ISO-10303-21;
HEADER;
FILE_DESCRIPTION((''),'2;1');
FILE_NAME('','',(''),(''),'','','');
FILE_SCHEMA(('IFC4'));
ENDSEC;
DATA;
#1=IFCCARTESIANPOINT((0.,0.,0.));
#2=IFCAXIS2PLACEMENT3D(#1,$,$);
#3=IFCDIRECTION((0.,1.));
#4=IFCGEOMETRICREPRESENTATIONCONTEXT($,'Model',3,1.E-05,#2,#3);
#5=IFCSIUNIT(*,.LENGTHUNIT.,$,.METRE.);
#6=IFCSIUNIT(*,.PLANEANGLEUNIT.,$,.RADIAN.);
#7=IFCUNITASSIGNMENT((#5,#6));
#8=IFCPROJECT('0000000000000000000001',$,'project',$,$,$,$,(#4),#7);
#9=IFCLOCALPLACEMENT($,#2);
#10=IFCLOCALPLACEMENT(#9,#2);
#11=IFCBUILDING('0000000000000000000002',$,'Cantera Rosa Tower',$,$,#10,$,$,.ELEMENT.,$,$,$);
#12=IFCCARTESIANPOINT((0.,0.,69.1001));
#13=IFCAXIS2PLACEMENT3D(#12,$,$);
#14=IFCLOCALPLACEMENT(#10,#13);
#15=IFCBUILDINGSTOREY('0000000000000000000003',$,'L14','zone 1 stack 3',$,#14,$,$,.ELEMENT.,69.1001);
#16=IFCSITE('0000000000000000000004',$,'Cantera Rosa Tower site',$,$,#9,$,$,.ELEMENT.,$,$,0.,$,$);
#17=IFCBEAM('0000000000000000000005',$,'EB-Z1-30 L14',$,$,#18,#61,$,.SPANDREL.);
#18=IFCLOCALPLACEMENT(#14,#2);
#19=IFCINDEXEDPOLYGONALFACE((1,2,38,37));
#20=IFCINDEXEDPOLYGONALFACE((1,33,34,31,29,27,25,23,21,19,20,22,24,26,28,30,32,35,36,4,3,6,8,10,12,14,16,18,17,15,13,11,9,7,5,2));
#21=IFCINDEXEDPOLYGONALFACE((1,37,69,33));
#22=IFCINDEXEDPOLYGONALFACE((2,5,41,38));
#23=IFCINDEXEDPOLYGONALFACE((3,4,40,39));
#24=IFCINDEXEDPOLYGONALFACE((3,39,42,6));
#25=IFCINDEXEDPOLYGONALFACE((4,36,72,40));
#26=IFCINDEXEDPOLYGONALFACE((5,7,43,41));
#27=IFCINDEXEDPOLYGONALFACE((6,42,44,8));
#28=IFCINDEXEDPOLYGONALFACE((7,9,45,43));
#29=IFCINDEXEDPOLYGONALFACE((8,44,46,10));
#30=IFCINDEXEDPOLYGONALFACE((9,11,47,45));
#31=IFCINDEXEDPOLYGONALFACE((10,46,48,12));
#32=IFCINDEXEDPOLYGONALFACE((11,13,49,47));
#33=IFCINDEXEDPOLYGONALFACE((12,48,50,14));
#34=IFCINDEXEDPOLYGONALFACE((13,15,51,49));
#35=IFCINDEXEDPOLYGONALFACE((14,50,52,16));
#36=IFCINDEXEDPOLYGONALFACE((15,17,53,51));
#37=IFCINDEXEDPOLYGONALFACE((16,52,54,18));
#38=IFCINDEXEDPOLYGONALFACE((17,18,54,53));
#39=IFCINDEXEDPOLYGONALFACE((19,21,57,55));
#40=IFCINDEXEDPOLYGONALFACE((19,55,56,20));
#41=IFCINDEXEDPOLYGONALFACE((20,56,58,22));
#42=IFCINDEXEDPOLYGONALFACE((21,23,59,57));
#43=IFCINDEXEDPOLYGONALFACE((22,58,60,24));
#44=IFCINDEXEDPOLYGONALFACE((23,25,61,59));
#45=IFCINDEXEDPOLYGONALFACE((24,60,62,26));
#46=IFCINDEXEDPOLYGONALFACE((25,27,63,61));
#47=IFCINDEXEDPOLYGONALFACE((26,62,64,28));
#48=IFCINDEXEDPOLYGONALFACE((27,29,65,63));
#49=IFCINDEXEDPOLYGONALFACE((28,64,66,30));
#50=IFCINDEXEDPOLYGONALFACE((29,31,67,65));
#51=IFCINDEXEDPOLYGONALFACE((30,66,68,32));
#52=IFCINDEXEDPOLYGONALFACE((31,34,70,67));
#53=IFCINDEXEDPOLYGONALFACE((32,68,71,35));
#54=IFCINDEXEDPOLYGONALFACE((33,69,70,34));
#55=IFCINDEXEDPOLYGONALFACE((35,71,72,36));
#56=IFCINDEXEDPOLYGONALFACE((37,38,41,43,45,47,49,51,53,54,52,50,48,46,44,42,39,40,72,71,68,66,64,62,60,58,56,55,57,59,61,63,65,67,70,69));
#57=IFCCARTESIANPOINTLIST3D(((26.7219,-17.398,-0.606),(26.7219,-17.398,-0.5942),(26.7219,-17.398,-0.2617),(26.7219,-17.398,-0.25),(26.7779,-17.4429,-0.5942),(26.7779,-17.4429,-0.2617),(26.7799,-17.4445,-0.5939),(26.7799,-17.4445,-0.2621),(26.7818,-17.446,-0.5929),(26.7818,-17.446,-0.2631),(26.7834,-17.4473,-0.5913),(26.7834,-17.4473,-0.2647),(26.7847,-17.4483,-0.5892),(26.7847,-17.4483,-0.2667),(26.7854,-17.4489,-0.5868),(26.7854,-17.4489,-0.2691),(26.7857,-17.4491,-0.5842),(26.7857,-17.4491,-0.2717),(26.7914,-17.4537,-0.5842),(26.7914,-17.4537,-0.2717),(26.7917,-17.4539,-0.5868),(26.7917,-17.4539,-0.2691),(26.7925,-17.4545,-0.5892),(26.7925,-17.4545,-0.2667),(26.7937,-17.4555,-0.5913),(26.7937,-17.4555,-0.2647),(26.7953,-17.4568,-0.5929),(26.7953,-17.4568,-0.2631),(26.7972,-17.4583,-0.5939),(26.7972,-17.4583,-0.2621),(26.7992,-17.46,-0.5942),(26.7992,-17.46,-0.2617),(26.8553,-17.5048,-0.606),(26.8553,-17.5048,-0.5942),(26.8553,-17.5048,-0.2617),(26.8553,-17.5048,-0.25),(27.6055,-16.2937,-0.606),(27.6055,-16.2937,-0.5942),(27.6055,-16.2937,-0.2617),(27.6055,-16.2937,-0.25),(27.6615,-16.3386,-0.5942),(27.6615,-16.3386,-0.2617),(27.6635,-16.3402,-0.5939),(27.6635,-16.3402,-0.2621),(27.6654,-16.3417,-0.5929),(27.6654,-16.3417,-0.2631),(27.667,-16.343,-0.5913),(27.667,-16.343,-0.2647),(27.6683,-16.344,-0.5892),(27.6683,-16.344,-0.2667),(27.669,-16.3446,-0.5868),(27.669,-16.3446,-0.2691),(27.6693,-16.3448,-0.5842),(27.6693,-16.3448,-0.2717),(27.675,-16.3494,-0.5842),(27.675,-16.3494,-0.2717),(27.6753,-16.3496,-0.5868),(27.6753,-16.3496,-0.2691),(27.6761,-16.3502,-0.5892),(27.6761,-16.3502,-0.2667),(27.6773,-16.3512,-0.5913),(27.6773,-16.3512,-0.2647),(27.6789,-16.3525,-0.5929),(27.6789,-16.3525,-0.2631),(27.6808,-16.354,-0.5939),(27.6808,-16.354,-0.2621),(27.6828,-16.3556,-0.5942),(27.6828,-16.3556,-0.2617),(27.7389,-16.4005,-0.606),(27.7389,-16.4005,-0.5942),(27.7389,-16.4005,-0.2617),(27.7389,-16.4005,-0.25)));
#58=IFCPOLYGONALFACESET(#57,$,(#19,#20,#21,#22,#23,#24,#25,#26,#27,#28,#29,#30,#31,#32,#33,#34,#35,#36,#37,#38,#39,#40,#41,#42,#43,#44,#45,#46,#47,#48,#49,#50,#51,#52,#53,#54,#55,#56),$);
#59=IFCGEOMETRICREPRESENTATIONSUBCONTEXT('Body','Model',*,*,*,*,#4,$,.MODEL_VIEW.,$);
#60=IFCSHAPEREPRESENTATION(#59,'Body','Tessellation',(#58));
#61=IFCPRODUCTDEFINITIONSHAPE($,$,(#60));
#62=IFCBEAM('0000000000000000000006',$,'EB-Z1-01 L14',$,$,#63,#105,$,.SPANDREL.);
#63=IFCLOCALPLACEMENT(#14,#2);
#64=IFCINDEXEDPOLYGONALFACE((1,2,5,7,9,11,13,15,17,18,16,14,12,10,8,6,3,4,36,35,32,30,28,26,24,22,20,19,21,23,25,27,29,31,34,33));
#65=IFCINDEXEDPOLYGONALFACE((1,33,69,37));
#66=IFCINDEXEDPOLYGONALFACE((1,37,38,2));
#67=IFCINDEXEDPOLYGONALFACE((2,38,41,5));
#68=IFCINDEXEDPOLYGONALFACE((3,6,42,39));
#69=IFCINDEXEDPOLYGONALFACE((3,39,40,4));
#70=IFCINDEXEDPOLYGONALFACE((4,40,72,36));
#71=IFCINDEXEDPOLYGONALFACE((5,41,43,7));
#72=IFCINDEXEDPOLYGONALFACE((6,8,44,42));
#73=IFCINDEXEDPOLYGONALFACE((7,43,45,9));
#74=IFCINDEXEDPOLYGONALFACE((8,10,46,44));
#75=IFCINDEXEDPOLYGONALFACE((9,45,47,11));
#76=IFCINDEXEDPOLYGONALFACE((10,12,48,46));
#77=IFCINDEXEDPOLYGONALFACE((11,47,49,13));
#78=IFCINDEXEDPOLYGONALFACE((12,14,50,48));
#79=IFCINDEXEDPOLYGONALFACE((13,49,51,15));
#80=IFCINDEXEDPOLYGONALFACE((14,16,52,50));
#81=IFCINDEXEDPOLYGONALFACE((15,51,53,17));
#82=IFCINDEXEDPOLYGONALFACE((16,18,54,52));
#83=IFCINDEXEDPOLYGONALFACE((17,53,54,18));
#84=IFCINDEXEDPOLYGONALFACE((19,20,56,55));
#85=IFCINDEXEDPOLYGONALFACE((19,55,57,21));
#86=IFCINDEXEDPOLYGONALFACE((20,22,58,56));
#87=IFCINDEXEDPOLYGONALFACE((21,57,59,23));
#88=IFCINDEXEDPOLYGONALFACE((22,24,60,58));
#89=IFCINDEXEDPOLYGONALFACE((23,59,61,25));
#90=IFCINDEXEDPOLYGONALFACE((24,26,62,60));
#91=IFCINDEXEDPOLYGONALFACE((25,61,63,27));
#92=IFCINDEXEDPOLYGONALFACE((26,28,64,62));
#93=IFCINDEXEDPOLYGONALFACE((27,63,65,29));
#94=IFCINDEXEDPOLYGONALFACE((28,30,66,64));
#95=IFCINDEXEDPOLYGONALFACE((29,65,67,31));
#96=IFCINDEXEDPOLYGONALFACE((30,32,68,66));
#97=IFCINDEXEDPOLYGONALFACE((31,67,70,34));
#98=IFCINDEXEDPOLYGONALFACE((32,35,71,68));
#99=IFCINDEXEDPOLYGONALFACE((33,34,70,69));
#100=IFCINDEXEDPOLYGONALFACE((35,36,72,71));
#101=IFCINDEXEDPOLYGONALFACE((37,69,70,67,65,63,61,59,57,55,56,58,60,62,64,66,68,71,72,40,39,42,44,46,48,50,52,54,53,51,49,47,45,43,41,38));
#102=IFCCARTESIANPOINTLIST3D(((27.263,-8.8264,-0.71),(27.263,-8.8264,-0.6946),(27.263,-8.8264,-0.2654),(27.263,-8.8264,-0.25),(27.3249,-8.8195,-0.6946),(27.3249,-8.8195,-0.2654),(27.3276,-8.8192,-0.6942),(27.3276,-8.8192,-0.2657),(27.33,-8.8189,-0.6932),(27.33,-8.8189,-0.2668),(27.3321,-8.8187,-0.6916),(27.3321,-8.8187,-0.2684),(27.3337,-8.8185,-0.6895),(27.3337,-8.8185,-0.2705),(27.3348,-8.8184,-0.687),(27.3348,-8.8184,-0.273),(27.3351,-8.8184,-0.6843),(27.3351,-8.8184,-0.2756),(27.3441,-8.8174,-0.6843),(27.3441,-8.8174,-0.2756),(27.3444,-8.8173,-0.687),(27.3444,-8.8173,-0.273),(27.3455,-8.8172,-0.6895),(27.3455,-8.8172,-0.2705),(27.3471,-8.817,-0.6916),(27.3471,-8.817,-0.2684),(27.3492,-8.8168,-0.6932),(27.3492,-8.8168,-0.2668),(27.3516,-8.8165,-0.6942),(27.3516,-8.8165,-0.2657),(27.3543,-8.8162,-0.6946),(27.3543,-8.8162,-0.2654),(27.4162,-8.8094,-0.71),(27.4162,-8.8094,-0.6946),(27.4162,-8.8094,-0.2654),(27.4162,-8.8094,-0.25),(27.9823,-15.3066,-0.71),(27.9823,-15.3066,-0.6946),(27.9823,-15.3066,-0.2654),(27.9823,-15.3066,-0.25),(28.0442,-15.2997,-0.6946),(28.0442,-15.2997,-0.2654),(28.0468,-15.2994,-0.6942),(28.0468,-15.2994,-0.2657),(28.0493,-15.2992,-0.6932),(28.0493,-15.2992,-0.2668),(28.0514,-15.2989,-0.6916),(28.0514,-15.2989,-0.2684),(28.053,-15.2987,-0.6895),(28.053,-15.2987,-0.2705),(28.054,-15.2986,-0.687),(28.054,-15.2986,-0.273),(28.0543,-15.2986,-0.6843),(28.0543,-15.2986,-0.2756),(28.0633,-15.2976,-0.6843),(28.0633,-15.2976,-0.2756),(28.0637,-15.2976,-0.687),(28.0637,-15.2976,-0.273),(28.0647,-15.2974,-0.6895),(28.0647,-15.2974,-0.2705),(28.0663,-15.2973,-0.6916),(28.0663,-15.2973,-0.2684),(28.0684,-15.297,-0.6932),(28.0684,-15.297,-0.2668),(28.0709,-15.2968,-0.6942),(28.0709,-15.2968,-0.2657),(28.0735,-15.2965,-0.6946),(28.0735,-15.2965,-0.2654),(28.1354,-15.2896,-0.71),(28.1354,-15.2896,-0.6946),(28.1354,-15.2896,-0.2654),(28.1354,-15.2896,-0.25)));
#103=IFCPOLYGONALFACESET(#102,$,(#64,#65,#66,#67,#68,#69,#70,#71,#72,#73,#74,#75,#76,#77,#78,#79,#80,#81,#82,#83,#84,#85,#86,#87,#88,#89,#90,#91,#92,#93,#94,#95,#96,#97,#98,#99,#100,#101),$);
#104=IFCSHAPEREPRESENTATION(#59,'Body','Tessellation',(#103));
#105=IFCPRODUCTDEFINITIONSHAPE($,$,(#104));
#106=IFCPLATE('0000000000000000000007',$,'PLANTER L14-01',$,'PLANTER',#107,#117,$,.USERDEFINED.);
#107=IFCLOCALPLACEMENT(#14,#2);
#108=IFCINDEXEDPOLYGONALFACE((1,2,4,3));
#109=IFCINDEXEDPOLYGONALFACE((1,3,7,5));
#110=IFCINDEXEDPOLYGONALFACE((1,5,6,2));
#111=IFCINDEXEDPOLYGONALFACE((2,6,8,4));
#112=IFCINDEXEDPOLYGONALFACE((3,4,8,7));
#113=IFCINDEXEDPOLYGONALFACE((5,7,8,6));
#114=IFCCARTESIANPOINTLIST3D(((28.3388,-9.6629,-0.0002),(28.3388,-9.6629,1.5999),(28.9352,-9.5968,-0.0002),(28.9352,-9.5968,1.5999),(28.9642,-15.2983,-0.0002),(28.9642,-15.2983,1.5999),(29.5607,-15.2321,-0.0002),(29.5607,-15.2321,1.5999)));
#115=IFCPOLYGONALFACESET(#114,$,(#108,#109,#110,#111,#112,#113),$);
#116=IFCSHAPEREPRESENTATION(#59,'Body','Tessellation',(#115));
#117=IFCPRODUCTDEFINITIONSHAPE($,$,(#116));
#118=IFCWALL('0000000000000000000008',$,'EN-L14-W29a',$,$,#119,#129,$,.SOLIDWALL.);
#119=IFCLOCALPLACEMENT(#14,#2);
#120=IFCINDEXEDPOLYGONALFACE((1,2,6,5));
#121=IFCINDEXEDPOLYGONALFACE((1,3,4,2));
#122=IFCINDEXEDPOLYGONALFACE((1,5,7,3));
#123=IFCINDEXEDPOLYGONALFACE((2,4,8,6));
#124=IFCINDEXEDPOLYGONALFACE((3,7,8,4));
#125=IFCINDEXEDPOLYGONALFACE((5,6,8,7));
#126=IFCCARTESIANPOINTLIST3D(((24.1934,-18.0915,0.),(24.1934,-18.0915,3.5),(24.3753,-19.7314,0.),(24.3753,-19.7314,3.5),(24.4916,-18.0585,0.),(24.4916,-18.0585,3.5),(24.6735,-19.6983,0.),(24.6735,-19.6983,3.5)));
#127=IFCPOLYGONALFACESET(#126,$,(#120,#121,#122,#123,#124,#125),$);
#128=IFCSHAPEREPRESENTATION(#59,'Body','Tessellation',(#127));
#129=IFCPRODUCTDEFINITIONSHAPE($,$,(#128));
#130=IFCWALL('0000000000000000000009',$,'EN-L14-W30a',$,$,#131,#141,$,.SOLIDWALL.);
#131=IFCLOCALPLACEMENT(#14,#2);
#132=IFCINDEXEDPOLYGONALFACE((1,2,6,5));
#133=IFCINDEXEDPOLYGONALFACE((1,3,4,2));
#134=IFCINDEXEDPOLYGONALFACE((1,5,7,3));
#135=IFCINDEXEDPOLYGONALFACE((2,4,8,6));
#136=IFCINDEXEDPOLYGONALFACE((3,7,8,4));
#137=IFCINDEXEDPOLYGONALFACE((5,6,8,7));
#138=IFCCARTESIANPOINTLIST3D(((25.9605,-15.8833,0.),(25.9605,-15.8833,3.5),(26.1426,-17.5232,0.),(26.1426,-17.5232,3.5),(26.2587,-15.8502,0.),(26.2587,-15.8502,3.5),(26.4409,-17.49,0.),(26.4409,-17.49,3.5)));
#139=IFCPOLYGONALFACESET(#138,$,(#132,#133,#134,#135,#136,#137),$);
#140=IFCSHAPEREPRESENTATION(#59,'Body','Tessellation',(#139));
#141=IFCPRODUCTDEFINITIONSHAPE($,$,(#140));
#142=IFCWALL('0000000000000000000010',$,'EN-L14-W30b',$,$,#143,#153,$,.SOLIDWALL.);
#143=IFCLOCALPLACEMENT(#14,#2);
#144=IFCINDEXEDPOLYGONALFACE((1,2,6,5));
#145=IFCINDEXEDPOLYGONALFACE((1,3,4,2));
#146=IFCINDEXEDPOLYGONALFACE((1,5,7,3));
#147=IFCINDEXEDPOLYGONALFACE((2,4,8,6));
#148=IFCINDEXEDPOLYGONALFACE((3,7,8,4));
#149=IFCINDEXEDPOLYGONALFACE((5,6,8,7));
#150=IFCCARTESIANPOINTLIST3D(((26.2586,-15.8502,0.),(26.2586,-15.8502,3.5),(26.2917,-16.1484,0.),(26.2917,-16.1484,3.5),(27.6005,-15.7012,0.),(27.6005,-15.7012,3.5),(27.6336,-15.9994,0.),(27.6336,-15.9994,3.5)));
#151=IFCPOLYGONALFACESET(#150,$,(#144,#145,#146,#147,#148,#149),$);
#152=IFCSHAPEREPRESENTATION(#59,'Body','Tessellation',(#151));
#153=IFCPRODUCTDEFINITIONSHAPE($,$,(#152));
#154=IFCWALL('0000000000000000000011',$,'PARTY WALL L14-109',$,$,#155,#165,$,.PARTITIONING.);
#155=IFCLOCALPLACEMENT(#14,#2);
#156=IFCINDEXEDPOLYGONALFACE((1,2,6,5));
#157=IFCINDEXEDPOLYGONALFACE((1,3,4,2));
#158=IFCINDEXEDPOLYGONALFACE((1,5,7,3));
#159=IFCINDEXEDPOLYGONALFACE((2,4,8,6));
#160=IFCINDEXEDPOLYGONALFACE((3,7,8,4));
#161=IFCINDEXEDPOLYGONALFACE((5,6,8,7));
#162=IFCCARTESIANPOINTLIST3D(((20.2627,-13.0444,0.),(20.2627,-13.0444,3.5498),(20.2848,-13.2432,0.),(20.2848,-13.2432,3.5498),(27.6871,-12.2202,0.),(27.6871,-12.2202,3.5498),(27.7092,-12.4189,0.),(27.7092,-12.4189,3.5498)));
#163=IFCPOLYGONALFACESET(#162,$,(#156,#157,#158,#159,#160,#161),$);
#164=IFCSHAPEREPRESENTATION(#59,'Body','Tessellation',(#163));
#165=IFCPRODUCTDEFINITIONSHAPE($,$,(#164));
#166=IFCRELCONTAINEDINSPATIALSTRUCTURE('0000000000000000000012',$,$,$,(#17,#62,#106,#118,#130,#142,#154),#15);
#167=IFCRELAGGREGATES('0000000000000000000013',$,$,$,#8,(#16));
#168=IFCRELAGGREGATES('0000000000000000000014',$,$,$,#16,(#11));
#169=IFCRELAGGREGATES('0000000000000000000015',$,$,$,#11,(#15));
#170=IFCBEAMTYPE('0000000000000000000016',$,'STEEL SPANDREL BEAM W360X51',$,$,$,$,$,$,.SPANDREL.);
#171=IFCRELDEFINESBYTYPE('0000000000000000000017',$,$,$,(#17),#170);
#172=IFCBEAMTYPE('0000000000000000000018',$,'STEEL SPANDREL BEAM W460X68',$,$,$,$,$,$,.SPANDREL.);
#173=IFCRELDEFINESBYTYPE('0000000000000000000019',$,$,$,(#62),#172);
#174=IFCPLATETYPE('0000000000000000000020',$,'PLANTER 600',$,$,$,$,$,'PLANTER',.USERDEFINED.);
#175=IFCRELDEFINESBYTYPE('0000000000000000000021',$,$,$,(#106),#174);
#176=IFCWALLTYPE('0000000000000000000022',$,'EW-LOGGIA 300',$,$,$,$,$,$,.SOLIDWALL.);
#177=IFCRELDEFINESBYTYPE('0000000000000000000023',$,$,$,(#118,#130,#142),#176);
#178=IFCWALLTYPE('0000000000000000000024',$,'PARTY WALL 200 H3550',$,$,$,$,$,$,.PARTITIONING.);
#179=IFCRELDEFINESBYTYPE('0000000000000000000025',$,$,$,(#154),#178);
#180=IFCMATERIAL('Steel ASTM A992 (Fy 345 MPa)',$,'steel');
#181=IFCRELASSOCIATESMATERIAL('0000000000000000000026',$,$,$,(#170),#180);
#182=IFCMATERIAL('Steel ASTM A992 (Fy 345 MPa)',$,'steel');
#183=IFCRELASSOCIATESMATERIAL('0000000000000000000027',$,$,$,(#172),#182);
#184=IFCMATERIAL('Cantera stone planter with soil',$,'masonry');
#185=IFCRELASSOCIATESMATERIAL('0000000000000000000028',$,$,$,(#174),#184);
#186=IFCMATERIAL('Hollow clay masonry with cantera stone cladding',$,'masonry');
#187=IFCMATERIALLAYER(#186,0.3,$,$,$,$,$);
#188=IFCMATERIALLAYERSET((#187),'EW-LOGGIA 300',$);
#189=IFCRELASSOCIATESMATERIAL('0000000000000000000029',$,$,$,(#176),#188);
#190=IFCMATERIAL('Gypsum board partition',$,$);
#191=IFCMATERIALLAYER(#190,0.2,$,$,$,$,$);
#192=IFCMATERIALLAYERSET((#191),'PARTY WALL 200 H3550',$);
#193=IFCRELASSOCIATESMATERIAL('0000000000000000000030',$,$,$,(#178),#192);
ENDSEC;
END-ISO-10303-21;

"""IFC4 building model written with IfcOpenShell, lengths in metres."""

from ifc_helpers import new_model, si_unit, direction, frame, frame_2d, origin, origin_2d, place, context, subcontext, project, spatial, rectangle, i_section, extrude, material, layer, layer_set, material_profile, profile_set, type_object, element, save


model = new_model("IFC4")

# Units and contexts
model_context = context("Model", 3, precision=1e-05, world=origin(), true_north=direction((0.0, 1.0)))
body_context = subcontext(model_context, "Body", "Model", "MODEL_VIEW")
ifc_project = project(units=[si_unit("LENGTHUNIT", "METRE"), si_unit("PLANEANGLEUNIT", "RADIAN")], contexts=[model_context])

# Site, building, storey
site_placement = place(None, origin())
site = spatial("IfcSite", under=ifc_project, at=site_placement, Name="Cantera Rosa Tower site", CompositionType="ELEMENT", RefElevation=0.0)
building_placement = place(site_placement, origin())
building = spatial("IfcBuilding", under=site, at=building_placement, Name="Cantera Rosa Tower", CompositionType="ELEMENT")
storey_placement = place(building_placement, frame((0.0, 0.0, 69.1001)))
storey = spatial("IfcBuildingStorey", under=building, at=storey_placement, Name="L14", Description="zone 1 stack 3", CompositionType="ELEMENT", Elevation=69.1001)

# Beams
ifc_material_1 = material(Name="Steel ASTM A992 (Fy 345 MPa)", Category="steel")
ifc_material_profile_1 = material_profile(ifc_material_1, i_section(OverallWidth=0.1709, OverallDepth=0.356, WebThickness=0.0073, FlangeThickness=0.0117, FilletRadius=0.01, at=origin_2d()), Name="W360X51")
ifc_profile_set_1 = profile_set([ifc_material_profile_1], Name="Steel ASTM A992 (Fy 345 MPa)")
beam_type_1 = type_object("IfcBeamType", Name="STEEL SPANDREL BEAM W360X51", PredefinedType="SPANDREL", material=ifc_profile_set_1)
for number, where, z_axis, x_axis, name in (
    (1, (26.7886, -17.4514, -0.428), (0.624758, 0.780818, 0.0), (-0.780818, 0.624758, 0.0), "EB-Z1-30 L14"),
):
    element("IfcBeam", number, at=place(storey_placement, frame(where, z_axis=z_axis, x_axis=x_axis)), inside=storey, type_object=beam_type_1, Name=name, PredefinedType="SPANDREL", context=body_context, shape_type="SweptSolid", body=[
        extrude(i_section(OverallWidth=0.1709, OverallDepth=0.356, WebThickness=0.0073, FlangeThickness=0.0117, FilletRadius=0.01, at=origin_2d()), origin(), (0.0, 0.0, 1.0), 1.4143),
    ])
ifc_material_2 = material(Name="Steel ASTM A992 (Fy 345 MPa)", Category="steel")
ifc_material_profile_2 = material_profile(ifc_material_2, i_section(OverallWidth=0.1541, OverallDepth=0.46, WebThickness=0.009, FlangeThickness=0.0154, FilletRadius=0.0103, at=origin_2d()), Name="W460X68")
ifc_profile_set_2 = profile_set([ifc_material_profile_2], Name="Steel ASTM A992 (Fy 345 MPa)")
beam_type_2 = type_object("IfcBeamType", Name="STEEL SPANDREL BEAM W460X68", PredefinedType="SPANDREL", material=ifc_profile_set_2)
beam_1_placement = place(storey_placement, frame((28.0588, -15.2981, -0.48), z_axis=(-0.110312, 0.993897, 0.0), x_axis=(-0.993897, -0.110312, 0.0)))
element("IfcBeam", 2, at=beam_1_placement, inside=storey, type_object=beam_type_2, Name="EB-Z1-01 L14", PredefinedType="SPANDREL", context=body_context, shape_type="SweptSolid", body=[
    extrude(i_section(OverallWidth=0.1541, OverallDepth=0.46, WebThickness=0.009, FlangeThickness=0.0154, FilletRadius=0.0103, at=origin_2d()), origin(), (0.0, 0.0, 1.0), 6.52),
])

# Plate
ifc_material_3 = material(Name="Cantera stone planter with soil", Category="masonry")
plate_type = type_object("IfcPlateType", Name="PLANTER 600", ElementType="PLANTER", PredefinedType="USERDEFINED", material=ifc_material_3)
plate_placement = place(storey_placement, frame((28.9497, -12.4475, -0.0002), z_axis=(0.0, 0.0, 1.0), x_axis=(-0.110313, 0.993897, 0.0)))
element("IfcPlate", 3, at=plate_placement, inside=storey, type_object=plate_type, Name="PLANTER L14-01", ObjectType="PLANTER", PredefinedType="USERDEFINED", context=body_context, shape_type="SweptSolid", body=[
    extrude(rectangle(XDim=5.6699, YDim=0.6001, at=origin_2d()), origin(), (0.0, 0.0, 1.0), 1.6001),
])

# Walls
ifc_material_4 = material(Name="Hollow clay masonry with cantera stone cladding", Category="masonry")
ifc_layer_1 = layer(ifc_material_4, 0.3)
ifc_layer_set_1 = layer_set([ifc_layer_1], Name="EW-LOGGIA 300")
wall_type_1 = type_object("IfcWallType", Name="EW-LOGGIA 300", PredefinedType="SOLIDWALL", material=ifc_layer_set_1)
for number, where, z_axis, x_axis, name in (
    (4, (24.5244, -19.7148, 0.0), (0.0, 0.0, 1.0), (-0.110237, 0.993905, 0.0), "EN-L14-W29a"),
    (5, (26.2917, -17.5066, 0.0), (0.0, 0.0, 1.0), (-0.110383, 0.993889, 0.0), "EN-L14-W30a"),
):
    element("IfcWall", number, at=place(storey_placement, frame(where, z_axis=z_axis, x_axis=x_axis)), inside=storey, type_object=wall_type_1, Name=name, PredefinedType="SOLIDWALL", context=body_context, shape_type="SweptSolid", body=[
        extrude(rectangle(XDim=1.6499, YDim=0.3, at=frame_2d((0.825, 0.0))), origin(), (0.0, 0.0, 1.0), 3.5),
    ])
wall_1_placement = place(storey_placement, frame((26.2751, -15.9993, 0.0), z_axis=(0.0, 0.0, 1.0), x_axis=(0.993897, 0.110312, 0.0)))
element("IfcWall", 6, at=wall_1_placement, inside=storey, type_object=wall_type_1, Name="EN-L14-W30b", PredefinedType="SOLIDWALL", context=body_context, shape_type="SweptSolid", body=[
    extrude(rectangle(XDim=1.3501, YDim=0.3, at=frame_2d((0.675, 0.0))), origin(), (0.0, 0.0, 1.0), 3.5),
])

# Wall
ifc_material_5 = material(Name="Gypsum board partition")
ifc_layer_2 = layer(ifc_material_5, 0.2)
ifc_layer_set_2 = layer_set([ifc_layer_2], Name="PARTY WALL 200 H3550")
wall_type_2 = type_object("IfcWallType", Name="PARTY WALL 200 H3550", PredefinedType="PARTITIONING", material=ifc_layer_set_2)
wall_2_placement = place(storey_placement, frame((27.698, -12.3196, 0.0), z_axis=(0.0, 0.0, 1.0), x_axis=(-0.993894, -0.110338, 0.0)))
element("IfcWall", 7, at=wall_2_placement, inside=storey, type_object=wall_type_2, Name="PARTY WALL L14-109", PredefinedType="PARTITIONING", context=body_context, shape_type="SweptSolid", body=[
    extrude(rectangle(XDim=7.47, YDim=0.2, at=frame_2d((3.7349, 0.0))), origin(), (0.0, 0.0, 1.0), 3.5498),
])

save(model, "model.ifc")
